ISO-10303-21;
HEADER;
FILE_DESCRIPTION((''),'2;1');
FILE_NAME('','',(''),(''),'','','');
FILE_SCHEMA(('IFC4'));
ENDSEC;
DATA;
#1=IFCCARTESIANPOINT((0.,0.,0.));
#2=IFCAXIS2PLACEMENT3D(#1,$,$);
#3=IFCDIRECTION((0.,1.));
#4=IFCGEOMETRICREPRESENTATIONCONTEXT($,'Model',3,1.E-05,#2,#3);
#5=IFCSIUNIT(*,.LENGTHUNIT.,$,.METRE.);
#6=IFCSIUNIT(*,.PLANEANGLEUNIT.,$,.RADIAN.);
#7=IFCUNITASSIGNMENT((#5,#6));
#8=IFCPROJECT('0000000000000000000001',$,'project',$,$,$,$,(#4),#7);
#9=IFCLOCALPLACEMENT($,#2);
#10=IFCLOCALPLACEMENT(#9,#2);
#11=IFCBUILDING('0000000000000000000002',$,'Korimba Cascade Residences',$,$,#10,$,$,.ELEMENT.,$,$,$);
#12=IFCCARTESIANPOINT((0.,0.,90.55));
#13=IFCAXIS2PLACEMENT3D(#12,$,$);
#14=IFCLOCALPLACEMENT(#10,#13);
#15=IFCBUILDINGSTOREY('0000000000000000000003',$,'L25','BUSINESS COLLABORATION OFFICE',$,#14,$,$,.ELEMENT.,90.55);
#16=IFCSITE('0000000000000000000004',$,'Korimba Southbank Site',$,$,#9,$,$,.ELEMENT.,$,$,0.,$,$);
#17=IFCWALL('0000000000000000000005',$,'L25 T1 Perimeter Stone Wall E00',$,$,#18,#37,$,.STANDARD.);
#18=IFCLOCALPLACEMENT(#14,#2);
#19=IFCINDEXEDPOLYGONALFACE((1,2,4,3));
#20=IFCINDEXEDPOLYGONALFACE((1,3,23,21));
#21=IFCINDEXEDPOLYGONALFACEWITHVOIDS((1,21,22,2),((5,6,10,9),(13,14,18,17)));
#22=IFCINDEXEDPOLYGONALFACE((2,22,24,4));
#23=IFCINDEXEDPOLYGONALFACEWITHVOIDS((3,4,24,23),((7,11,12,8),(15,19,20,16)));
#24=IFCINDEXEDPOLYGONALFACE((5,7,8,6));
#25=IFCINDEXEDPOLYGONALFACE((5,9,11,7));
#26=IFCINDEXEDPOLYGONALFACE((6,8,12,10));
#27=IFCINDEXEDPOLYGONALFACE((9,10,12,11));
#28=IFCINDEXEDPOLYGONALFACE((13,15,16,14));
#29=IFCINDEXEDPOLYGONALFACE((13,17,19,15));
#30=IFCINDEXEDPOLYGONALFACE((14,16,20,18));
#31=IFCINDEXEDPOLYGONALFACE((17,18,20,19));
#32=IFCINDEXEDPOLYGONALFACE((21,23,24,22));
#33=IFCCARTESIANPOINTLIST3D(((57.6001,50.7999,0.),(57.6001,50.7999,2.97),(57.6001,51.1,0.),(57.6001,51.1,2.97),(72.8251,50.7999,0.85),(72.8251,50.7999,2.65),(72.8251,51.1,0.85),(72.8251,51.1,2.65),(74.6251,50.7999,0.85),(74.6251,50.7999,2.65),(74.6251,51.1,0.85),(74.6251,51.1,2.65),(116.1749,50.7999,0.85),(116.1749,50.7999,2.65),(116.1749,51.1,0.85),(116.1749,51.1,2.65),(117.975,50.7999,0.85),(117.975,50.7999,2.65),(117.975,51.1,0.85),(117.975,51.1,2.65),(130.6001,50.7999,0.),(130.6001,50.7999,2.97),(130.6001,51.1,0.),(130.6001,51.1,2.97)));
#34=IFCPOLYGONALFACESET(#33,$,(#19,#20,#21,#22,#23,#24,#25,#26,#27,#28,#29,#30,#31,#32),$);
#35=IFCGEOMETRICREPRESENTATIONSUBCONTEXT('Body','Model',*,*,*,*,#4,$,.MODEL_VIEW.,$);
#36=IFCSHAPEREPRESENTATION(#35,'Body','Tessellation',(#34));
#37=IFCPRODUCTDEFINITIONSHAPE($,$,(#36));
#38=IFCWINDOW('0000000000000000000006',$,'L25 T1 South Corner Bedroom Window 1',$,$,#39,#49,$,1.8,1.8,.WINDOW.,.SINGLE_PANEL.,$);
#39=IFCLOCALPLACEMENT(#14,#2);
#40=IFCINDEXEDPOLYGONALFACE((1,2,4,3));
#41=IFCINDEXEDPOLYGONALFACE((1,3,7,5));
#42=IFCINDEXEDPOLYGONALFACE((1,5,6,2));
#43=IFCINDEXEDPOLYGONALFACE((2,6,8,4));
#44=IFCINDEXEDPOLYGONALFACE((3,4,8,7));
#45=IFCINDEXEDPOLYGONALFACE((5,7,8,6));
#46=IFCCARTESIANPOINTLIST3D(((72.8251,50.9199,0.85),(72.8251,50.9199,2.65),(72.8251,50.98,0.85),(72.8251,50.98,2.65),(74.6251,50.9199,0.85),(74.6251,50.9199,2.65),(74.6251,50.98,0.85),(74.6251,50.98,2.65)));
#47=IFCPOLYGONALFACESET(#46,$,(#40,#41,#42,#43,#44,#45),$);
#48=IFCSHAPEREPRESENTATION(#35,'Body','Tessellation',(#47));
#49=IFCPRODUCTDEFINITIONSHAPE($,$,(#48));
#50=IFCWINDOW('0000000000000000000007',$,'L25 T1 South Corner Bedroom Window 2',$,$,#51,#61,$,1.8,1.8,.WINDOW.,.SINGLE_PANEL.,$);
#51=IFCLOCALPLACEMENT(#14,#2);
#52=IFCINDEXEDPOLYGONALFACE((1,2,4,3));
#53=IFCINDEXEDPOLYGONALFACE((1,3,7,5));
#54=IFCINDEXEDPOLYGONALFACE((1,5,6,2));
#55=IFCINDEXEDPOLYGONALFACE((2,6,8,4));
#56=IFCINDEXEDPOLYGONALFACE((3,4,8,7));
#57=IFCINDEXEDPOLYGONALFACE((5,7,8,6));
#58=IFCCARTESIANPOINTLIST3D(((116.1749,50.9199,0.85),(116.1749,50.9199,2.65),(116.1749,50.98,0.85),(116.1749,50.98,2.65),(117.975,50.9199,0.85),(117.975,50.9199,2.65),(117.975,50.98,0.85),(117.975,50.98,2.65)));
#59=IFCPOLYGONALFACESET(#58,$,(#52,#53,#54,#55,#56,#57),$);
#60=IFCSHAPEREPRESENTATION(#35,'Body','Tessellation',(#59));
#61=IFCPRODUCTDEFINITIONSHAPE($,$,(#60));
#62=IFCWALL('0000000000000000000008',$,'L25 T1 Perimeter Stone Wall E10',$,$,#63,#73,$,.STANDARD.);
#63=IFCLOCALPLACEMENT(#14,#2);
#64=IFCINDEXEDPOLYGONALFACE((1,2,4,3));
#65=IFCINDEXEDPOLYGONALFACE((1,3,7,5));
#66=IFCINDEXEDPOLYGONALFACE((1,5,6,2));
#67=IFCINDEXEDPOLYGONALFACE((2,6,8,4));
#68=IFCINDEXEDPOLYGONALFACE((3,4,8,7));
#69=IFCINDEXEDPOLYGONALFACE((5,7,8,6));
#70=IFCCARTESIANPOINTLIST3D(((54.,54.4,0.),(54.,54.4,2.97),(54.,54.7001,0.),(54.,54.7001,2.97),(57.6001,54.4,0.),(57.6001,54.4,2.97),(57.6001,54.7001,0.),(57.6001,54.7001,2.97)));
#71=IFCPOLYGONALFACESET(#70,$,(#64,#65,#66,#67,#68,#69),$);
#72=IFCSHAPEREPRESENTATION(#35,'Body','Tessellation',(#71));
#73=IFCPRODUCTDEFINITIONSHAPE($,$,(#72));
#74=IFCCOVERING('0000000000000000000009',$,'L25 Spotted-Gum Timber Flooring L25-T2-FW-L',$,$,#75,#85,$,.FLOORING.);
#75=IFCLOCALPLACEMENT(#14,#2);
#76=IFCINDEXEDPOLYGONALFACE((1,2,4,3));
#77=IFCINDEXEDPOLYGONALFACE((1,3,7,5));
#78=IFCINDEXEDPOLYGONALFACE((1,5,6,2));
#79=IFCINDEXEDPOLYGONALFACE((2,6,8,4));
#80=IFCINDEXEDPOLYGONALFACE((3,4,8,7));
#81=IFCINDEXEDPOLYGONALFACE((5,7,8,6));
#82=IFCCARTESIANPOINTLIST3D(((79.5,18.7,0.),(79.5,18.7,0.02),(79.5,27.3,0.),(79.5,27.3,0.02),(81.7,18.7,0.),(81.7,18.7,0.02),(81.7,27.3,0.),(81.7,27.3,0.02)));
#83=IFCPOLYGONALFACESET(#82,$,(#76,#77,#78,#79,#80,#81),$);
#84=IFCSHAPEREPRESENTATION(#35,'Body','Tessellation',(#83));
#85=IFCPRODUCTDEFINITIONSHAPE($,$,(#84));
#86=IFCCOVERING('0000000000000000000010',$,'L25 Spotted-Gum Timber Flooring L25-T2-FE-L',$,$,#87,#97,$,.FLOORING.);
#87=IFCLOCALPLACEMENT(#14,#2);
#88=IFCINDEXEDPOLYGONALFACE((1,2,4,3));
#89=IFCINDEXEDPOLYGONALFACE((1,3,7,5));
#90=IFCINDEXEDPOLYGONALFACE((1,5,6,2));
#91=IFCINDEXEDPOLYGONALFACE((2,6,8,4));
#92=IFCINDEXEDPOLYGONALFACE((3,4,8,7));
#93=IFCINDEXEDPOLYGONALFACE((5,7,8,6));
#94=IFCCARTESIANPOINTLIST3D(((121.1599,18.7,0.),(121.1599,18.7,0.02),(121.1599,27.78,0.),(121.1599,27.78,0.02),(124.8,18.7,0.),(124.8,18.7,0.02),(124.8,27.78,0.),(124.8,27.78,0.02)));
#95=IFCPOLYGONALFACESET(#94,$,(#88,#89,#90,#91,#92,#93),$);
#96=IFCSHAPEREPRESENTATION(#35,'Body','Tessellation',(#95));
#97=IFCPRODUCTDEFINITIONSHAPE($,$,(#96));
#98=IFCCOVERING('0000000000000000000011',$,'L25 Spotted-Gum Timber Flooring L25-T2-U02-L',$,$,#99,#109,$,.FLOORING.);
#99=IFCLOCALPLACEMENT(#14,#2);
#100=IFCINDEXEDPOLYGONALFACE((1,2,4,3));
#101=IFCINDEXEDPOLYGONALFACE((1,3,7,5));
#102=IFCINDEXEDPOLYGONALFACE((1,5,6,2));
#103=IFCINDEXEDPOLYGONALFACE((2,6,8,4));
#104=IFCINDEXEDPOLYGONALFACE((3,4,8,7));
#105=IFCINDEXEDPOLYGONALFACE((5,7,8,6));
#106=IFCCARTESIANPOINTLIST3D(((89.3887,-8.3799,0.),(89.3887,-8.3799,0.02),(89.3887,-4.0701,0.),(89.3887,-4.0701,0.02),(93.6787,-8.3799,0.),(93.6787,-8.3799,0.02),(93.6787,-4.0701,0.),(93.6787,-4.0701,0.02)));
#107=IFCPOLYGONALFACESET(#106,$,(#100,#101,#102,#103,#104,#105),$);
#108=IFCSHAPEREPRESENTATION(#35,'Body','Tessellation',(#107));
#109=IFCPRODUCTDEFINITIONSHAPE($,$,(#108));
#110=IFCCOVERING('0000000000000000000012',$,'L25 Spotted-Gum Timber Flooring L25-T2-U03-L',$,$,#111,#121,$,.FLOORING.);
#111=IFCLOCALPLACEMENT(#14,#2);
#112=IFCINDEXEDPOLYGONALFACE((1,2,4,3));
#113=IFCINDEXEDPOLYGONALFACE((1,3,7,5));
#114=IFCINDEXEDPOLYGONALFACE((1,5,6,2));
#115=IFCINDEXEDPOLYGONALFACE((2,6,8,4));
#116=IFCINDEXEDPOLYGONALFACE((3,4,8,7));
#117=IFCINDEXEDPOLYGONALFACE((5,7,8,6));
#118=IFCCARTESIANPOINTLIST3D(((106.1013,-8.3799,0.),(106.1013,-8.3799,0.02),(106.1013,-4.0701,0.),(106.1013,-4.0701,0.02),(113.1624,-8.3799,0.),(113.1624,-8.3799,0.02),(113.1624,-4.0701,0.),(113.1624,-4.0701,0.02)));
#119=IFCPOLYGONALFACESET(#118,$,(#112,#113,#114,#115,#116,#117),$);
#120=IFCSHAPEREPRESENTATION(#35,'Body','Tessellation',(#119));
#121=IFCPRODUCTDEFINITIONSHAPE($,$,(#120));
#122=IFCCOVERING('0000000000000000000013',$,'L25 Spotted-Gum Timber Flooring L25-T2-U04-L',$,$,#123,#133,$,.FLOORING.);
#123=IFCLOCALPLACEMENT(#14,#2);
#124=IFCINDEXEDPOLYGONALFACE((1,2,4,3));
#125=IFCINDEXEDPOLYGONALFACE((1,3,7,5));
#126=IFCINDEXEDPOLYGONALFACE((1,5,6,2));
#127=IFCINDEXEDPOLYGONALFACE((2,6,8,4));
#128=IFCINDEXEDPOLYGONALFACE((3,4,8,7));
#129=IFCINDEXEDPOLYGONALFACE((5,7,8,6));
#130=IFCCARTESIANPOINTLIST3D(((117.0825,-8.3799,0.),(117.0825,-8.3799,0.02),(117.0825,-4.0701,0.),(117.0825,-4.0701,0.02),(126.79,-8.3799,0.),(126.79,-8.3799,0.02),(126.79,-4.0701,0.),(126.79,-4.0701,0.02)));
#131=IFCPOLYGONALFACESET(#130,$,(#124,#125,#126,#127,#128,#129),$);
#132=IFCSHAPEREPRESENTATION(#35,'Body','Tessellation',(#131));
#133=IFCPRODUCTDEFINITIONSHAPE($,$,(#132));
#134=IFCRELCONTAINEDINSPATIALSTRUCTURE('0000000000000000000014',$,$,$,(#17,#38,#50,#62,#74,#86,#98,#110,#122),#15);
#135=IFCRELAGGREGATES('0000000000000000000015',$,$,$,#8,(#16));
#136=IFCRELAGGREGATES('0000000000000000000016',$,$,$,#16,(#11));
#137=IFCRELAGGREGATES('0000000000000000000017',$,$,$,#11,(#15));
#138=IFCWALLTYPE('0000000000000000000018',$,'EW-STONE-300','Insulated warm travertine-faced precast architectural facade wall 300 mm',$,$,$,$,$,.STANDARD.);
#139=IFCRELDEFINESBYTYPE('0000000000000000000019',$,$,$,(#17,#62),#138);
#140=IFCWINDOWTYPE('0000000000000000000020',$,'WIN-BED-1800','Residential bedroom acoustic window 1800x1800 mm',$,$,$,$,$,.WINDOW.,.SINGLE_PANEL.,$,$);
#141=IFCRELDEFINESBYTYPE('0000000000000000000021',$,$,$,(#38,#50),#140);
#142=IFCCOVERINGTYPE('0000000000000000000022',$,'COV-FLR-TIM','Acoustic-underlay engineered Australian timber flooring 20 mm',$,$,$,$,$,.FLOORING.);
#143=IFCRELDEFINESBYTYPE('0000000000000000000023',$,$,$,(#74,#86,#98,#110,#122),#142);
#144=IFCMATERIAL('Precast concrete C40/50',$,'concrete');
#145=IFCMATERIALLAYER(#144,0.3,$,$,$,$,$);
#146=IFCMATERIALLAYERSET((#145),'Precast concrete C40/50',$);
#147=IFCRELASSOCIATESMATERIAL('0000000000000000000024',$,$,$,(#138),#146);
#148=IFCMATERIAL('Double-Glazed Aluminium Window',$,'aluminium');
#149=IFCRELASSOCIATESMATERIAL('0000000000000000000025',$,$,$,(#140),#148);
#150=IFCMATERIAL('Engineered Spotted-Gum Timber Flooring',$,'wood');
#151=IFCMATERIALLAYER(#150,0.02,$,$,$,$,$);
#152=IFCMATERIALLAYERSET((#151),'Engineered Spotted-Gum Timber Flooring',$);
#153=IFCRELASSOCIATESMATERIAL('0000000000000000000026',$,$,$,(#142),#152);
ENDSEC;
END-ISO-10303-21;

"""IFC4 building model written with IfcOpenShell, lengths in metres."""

from ifc_helpers import new_model, si_unit, direction, frame, frame_2d, origin, place, context, subcontext, project, spatial, polyline, rectangle, outline, extrude, material, layer, layer_set, type_object, element, fill, save


model = new_model("IFC4")

# Units and contexts
model_context = context("Model", 3, precision=1e-05, world=origin(), true_north=direction((0.0, 1.0)))
body_context = subcontext(model_context, "Body", "Model", "MODEL_VIEW")
ifc_project = project(units=[si_unit("LENGTHUNIT", "METRE"), si_unit("PLANEANGLEUNIT", "RADIAN")], contexts=[model_context])

# Site, building, storey
site_placement = place(None, origin())
site = spatial("IfcSite", under=ifc_project, at=site_placement, Name="Korimba Southbank Site", CompositionType="ELEMENT", RefElevation=0.0)
building_placement = place(site_placement, origin())
building = spatial("IfcBuilding", under=site, at=building_placement, Name="Korimba Cascade Residences", CompositionType="ELEMENT")
storey_placement = place(building_placement, frame((0.0, 0.0, 90.55)))
storey = spatial("IfcBuildingStorey", under=building, at=storey_placement, Name="L25", Description="BUSINESS COLLABORATION OFFICE", CompositionType="ELEMENT", Elevation=90.55)

# Wall, openings, windows
ifc_material_1 = material(Name="Precast concrete C40/50", Category="concrete")
ifc_layer_1 = layer(ifc_material_1, 0.3)
ifc_layer_set_1 = layer_set([ifc_layer_1], Name="Precast concrete C40/50")
wall_type = type_object("IfcWallType", Name="EW-STONE-300", Description="Insulated warm travertine-faced precast architectural facade wall 300 mm", PredefinedType="STANDARD", material=ifc_layer_set_1)
wall_1_placement = place(storey_placement, frame((57.6001, 50.95, 0.0), z_axis=(0.0, 0.0, 1.0), x_axis=(1.0, 0.0, 0.0)))
wall_1 = element("IfcWall", 1, at=wall_1_placement, inside=storey, type_object=wall_type, Name="L25 T1 Perimeter Stone Wall E00", PredefinedType="STANDARD", context=body_context, shape_type="SweptSolid", body=[
    extrude(rectangle(XDim=73.0, YDim=0.3, at=frame_2d((36.5, 0.0))), origin(), (0.0, 0.0, 1.0), 2.97),
])
opening_1_placement = place(wall_1_placement, frame((15.2251, 0.0, 0.8501)))
opening_1 = element("IfcOpeningElement", 2, at=opening_1_placement, cuts=wall_1, PredefinedType="OPENING", context=body_context, shape_type="SweptSolid", body=[
    extrude(rectangle(XDim=1.8, YDim=1.8, at=frame_2d((0.8999, 0.8999))), frame((0.0, 0.1602, 0.0), z_axis=(0.0, -1.0, 0.0), x_axis=(1.0, 0.0, 0.0)), (0.0, 0.0, 1.0), 0.3201),
])
opening_2_placement = place(wall_1_placement, frame((58.575, 0.0, 0.8501)))
opening_2 = element("IfcOpeningElement", 3, at=opening_2_placement, cuts=wall_1, PredefinedType="OPENING", context=body_context, shape_type="SweptSolid", body=[
    extrude(rectangle(XDim=1.8, YDim=1.8, at=frame_2d((0.8999, 0.8999))), frame((0.0, 0.1602, 0.0), z_axis=(0.0, -1.0, 0.0), x_axis=(1.0, 0.0, 0.0)), (0.0, 0.0, 1.0), 0.3201),
])
ifc_material_2 = material(Name="Double-Glazed Aluminium Window", Category="aluminium")
window_type = type_object("IfcWindowType", Name="WIN-BED-1800", Description="Residential bedroom acoustic window 1800x1800 mm", PartitioningType="SINGLE_PANEL", PredefinedType="WINDOW", material=ifc_material_2)
window_1_placement = place(opening_1_placement, origin())
window_1 = element("IfcWindow", 4, at=window_1_placement, inside=storey, type_object=window_type, Name="L25 T1 South Corner Bedroom Window 1", OverallHeight=1.8, OverallWidth=1.8, PartitioningType="SINGLE_PANEL", PredefinedType="WINDOW", context=body_context, shape_type="SweptSolid", body=[
    extrude(rectangle(XDim=1.8, YDim=1.8, at=frame_2d((0.8999, 0.8999))), frame((0.0, 0.03, 0.0), z_axis=(0.0, -1.0, 0.0), x_axis=(1.0, 0.0, 0.0)), (0.0, 0.0, 1.0), 0.0601),
])
fill(opening_1, window_1)
window_2_placement = place(opening_2_placement, origin())
window_2 = element("IfcWindow", 5, at=window_2_placement, inside=storey, type_object=window_type, Name="L25 T1 South Corner Bedroom Window 2", OverallHeight=1.8, OverallWidth=1.8, PartitioningType="SINGLE_PANEL", PredefinedType="WINDOW", context=body_context, shape_type="SweptSolid", body=[
    extrude(rectangle(XDim=1.8, YDim=1.8, at=frame_2d((0.8999, 0.8999))), frame((0.0, 0.03, 0.0), z_axis=(0.0, -1.0, 0.0), x_axis=(1.0, 0.0, 0.0)), (0.0, 0.0, 1.0), 0.0601),
])
fill(opening_2, window_2)

# Wall
wall_2_placement = place(storey_placement, frame((54.0, 54.55, 0.0), z_axis=(0.0, 0.0, 1.0), x_axis=(1.0, 0.0, 0.0)))
element("IfcWall", 6, at=wall_2_placement, inside=storey, type_object=wall_type, Name="L25 T1 Perimeter Stone Wall E10", PredefinedType="STANDARD", context=body_context, shape_type="SweptSolid", body=[
    extrude(rectangle(XDim=3.6001, YDim=0.3, at=frame_2d((1.8, 0.0))), origin(), (0.0, 0.0, 1.0), 2.97),
])

# Coverings
ifc_material_3 = material(Name="Engineered Spotted-Gum Timber Flooring", Category="wood")
ifc_layer_2 = layer(ifc_material_3, 0.02)
ifc_layer_set_2 = layer_set([ifc_layer_2], Name="Engineered Spotted-Gum Timber Flooring")
covering_type = type_object("IfcCoveringType", Name="COV-FLR-TIM", Description="Acoustic-underlay engineered Australian timber flooring 20 mm", PredefinedType="FLOORING", material=ifc_layer_set_2)
covering_1_placement = place(storey_placement, origin())
element("IfcCovering", 7, at=covering_1_placement, inside=storey, type_object=covering_type, Name="L25 Spotted-Gum Timber Flooring L25-T2-FW-L", PredefinedType="FLOORING", context=body_context, shape_type="SweptSolid", body=[
    extrude(outline(polyline([(79.5, 18.7), (81.7, 18.7), (81.7, 27.3), (79.5, 27.3), (79.5, 18.7)])), origin(), (0.0, 0.0, 1.0), 0.02),
])
covering_2_placement = place(storey_placement, origin())
element("IfcCovering", 8, at=covering_2_placement, inside=storey, type_object=covering_type, Name="L25 Spotted-Gum Timber Flooring L25-T2-FE-L", PredefinedType="FLOORING", context=body_context, shape_type="SweptSolid", body=[
    extrude(outline(polyline([(121.1599, 18.7), (124.8, 18.7), (124.8, 27.78), (121.1599, 27.78), (121.1599, 18.7)])), origin(), (0.0, 0.0, 1.0), 0.02),
])
covering_3_placement = place(storey_placement, origin())
element("IfcCovering", 9, at=covering_3_placement, inside=storey, type_object=covering_type, Name="L25 Spotted-Gum Timber Flooring L25-T2-U02-L", PredefinedType="FLOORING", context=body_context, shape_type="SweptSolid", body=[
    extrude(outline(polyline([(89.3887, -8.3799), (93.6787, -8.3799), (93.6787, -4.0701), (89.3887, -4.0701), (89.3887, -8.3799)])), origin(), (0.0, 0.0, 1.0), 0.02),
])
covering_4_placement = place(storey_placement, origin())
element("IfcCovering", 10, at=covering_4_placement, inside=storey, type_object=covering_type, Name="L25 Spotted-Gum Timber Flooring L25-T2-U03-L", PredefinedType="FLOORING", context=body_context, shape_type="SweptSolid", body=[
    extrude(outline(polyline([(106.1013, -8.3799), (113.1624, -8.3799), (113.1624, -4.0701), (106.1013, -4.0701), (106.1013, -8.3799)])), origin(), (0.0, 0.0, 1.0), 0.02),
])
covering_5_placement = place(storey_placement, origin())
element("IfcCovering", 11, at=covering_5_placement, inside=storey, type_object=covering_type, Name="L25 Spotted-Gum Timber Flooring L25-T2-U04-L", PredefinedType="FLOORING", context=body_context, shape_type="SweptSolid", body=[
    extrude(outline(polyline([(117.0825, -8.3799), (126.79, -8.3799), (126.79, -4.0701), (117.0825, -4.0701), (117.0825, -8.3799)])), origin(), (0.0, 0.0, 1.0), 0.02),
])

save(model, "model.ifc")
